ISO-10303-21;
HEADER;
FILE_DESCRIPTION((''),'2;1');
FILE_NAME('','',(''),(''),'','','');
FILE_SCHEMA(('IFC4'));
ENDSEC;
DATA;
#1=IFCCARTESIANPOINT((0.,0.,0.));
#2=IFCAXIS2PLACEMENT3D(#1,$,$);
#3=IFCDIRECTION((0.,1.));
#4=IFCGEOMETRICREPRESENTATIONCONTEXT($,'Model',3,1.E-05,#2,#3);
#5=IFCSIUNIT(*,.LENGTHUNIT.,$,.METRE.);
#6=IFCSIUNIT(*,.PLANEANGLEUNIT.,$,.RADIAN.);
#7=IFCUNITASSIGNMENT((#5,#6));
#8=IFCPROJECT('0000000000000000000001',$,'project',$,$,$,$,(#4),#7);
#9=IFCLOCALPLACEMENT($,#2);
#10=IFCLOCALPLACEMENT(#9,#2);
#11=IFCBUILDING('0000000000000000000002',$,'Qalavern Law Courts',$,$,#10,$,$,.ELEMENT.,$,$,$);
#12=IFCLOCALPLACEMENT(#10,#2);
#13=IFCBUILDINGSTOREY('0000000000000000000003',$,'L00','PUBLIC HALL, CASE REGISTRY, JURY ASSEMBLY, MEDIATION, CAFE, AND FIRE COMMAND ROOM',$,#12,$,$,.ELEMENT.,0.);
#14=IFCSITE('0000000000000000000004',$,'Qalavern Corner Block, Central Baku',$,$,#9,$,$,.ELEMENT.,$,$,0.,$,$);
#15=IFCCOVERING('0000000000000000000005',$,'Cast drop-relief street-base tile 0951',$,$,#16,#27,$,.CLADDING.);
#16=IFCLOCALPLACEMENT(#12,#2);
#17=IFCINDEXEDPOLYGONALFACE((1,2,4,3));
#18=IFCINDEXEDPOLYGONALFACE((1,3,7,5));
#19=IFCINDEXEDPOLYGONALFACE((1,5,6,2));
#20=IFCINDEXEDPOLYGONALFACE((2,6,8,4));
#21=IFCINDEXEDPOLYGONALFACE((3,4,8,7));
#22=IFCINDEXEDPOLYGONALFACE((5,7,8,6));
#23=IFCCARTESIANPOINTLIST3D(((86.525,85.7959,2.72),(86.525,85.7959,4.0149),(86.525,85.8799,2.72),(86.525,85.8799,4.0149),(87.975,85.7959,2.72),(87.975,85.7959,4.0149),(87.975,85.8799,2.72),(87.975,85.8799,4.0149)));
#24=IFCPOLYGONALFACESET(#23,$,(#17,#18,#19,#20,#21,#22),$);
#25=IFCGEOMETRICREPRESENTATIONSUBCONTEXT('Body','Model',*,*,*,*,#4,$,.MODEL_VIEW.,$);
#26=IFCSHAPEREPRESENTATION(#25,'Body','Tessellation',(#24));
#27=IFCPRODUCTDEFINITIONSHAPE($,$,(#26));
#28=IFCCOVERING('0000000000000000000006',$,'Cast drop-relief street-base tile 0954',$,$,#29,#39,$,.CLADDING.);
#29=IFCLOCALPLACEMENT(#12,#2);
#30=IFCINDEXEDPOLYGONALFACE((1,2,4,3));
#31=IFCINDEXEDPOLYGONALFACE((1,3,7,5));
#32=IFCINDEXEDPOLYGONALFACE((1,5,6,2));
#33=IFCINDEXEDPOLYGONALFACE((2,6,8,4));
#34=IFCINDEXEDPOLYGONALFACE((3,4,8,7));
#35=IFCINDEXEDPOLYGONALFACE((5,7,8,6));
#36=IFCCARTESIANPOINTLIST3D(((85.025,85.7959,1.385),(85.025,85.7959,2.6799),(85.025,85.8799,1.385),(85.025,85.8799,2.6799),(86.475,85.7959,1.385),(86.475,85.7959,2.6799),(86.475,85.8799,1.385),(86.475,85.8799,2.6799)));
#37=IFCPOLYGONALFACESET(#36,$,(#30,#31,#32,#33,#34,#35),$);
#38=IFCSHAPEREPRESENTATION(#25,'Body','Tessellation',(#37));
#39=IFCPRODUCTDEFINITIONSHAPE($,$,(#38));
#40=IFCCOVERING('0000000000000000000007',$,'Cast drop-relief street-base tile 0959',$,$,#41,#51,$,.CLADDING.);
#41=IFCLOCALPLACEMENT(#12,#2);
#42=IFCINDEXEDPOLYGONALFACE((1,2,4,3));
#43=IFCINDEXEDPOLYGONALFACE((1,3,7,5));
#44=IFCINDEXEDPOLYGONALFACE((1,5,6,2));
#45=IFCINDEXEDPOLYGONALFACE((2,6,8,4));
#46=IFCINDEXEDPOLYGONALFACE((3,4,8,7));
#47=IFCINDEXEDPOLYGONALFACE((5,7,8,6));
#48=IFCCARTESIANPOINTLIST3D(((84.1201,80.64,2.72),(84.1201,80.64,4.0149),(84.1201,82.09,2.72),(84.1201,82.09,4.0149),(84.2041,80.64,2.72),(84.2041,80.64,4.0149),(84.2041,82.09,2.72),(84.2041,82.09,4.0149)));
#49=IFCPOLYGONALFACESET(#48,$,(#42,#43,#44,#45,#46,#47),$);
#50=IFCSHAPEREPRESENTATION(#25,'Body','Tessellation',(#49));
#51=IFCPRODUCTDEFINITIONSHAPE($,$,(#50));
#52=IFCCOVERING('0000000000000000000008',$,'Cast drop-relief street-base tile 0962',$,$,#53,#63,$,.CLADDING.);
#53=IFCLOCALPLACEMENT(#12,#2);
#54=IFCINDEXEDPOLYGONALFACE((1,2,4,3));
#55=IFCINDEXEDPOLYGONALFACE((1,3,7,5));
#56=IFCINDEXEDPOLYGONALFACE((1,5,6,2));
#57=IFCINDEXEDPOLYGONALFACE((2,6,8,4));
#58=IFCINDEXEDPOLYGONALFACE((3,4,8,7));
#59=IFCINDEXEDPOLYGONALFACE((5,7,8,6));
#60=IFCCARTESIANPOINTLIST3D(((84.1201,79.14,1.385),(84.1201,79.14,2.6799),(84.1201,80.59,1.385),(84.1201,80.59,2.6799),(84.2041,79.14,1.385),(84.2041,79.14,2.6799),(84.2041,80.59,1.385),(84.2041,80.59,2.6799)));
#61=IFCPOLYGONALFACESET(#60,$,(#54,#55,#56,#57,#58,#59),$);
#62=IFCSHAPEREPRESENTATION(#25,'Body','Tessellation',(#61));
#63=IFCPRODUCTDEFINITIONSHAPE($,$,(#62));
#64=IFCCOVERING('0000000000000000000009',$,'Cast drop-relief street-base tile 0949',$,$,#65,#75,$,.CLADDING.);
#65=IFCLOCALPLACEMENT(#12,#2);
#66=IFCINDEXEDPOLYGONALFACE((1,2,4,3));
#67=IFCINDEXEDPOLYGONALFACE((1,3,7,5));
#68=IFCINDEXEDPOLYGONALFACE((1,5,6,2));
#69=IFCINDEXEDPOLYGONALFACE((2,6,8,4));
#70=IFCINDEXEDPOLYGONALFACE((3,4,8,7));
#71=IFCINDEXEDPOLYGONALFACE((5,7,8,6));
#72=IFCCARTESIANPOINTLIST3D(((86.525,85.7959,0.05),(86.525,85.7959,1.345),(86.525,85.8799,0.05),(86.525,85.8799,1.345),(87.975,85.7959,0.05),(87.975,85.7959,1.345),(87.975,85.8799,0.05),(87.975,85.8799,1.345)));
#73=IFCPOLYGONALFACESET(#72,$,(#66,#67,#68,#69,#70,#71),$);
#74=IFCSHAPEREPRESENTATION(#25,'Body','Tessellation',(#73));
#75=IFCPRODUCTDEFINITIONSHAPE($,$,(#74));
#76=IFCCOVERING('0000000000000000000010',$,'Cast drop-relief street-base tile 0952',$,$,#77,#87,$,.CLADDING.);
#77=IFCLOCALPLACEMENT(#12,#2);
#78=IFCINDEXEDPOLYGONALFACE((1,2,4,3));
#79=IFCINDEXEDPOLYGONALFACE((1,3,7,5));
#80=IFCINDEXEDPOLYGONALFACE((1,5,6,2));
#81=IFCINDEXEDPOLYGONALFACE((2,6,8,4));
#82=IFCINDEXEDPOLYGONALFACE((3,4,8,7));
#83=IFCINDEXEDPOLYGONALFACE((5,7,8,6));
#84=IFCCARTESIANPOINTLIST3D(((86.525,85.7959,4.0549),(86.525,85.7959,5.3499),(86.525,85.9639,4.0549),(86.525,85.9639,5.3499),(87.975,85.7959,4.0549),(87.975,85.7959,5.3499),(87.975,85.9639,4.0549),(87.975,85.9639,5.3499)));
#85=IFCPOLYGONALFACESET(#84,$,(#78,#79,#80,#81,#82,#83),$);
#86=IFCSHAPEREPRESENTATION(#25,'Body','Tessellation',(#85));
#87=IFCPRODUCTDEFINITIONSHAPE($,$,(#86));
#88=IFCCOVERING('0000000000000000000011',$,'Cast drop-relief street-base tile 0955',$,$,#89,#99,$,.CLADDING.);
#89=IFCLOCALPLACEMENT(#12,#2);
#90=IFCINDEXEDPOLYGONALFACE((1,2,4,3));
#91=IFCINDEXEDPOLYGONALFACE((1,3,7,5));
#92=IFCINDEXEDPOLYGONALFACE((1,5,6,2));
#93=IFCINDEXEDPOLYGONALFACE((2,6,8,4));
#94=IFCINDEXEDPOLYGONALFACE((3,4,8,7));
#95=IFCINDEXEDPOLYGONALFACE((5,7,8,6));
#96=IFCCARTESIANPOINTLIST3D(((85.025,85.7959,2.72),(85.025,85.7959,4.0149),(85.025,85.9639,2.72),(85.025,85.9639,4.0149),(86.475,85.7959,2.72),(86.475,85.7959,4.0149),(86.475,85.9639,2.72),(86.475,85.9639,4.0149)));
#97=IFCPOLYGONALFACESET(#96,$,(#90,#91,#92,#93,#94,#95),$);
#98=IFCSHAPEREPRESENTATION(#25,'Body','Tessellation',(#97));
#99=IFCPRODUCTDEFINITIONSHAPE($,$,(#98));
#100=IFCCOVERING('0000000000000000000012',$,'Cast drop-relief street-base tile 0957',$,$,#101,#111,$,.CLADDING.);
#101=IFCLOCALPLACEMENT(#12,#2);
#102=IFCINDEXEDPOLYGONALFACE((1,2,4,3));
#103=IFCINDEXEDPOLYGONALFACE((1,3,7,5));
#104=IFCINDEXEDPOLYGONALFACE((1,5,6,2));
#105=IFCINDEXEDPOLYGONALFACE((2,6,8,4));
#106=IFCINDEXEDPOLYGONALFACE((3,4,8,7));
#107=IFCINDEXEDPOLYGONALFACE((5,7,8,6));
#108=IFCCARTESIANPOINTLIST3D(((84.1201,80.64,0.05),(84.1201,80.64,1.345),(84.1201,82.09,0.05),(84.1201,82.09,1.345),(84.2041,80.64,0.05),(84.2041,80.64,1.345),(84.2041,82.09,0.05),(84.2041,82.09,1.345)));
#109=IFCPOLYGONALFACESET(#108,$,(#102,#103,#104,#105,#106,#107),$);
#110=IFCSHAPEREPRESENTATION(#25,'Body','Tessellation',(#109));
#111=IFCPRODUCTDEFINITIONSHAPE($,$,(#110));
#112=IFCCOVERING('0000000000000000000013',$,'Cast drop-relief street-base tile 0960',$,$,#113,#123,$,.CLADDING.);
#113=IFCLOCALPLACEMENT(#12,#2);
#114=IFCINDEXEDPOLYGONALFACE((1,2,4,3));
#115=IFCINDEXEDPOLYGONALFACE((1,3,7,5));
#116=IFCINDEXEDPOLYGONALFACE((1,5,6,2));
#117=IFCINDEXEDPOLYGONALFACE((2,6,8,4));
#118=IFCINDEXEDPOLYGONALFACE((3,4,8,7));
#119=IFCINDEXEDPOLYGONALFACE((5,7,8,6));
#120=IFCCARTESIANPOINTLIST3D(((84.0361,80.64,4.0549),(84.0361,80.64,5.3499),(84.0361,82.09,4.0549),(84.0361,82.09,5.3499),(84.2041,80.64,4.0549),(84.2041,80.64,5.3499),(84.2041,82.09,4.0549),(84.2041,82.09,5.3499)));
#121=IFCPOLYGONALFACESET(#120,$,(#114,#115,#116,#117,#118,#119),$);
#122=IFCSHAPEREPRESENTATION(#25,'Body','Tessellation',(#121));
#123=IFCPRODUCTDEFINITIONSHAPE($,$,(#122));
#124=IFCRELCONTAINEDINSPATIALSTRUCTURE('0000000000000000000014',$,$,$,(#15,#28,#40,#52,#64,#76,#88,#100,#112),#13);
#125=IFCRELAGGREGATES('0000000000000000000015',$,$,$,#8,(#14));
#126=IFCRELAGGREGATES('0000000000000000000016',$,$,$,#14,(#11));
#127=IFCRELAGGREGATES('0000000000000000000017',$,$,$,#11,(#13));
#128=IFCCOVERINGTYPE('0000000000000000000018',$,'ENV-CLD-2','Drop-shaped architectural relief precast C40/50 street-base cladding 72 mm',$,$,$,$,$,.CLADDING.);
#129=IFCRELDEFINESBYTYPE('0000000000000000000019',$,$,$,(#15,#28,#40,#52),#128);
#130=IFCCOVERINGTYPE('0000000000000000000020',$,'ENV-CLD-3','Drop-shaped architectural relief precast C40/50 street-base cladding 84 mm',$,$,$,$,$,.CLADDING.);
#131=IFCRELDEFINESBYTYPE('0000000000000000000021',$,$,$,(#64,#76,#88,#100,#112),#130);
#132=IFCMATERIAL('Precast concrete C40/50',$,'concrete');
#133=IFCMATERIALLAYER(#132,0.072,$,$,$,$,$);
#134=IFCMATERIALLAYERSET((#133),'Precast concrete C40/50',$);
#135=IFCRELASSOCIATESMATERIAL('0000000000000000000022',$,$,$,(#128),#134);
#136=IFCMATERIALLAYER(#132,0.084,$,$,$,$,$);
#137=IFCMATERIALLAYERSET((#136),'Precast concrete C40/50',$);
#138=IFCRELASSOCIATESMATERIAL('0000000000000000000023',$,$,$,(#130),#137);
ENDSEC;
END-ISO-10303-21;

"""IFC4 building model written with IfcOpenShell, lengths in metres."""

from ifc_helpers import new_model, si_unit, direction, frame, origin, origin_2d, place, context, subcontext, project, spatial, rectangle, extrude, material, layer, layer_set, type_object, element, save


model = new_model("IFC4")

# Units and contexts
model_context = context("Model", 3, precision=1e-05, world=origin(), true_north=direction((0.0, 1.0)))
body_context = subcontext(model_context, "Body", "Model", "MODEL_VIEW")
ifc_project = project(units=[si_unit("LENGTHUNIT", "METRE"), si_unit("PLANEANGLEUNIT", "RADIAN")], contexts=[model_context])

# Site, building, storey
site_placement = place(None, origin())
site = spatial("IfcSite", under=ifc_project, at=site_placement, Name="Qalavern Corner Block, Central Baku", CompositionType="ELEMENT", RefElevation=0.0)
building_placement = place(site_placement, origin())
building = spatial("IfcBuilding", under=site, at=building_placement, Name="Qalavern Law Courts", CompositionType="ELEMENT")
storey_placement = place(building_placement, origin())
storey = spatial("IfcBuildingStorey", under=building, at=storey_placement, Name="L00", Description="PUBLIC HALL, CASE REGISTRY, JURY ASSEMBLY, MEDIATION, CAFE, AND FIRE COMMAND ROOM", CompositionType="ELEMENT", Elevation=0.0)

# Coverings
ifc_material_1 = material(Name="Precast concrete C40/50", Category="concrete")
ifc_layer_1 = layer(ifc_material_1, 0.072)
ifc_layer_set_1 = layer_set([ifc_layer_1], Name="Precast concrete C40/50")
covering_type_1 = type_object("IfcCoveringType", Name="ENV-CLD-2", Description="Drop-shaped architectural relief precast C40/50 street-base cladding 72 mm", PredefinedType="CLADDING", material=ifc_layer_set_1)
for number, where, z_axis, x_axis, name in (
    (1, (87.25, 85.8379, 2.72), (0.0, 0.0, 1.0), (-1.0, 0.0, 0.0), "Cast drop-relief street-base tile 0951"),
    (2, (85.75, 85.8379, 1.385), (0.0, 0.0, 1.0), (-1.0, 0.0, 0.0), "Cast drop-relief street-base tile 0954"),
    (3, (84.1621, 81.365, 2.72), (0.0, 0.0, 1.0), (0.0, -1.0, 0.0), "Cast drop-relief street-base tile 0959"),
    (4, (84.1621, 79.865, 1.385), (0.0, 0.0, 1.0), (0.0, -1.0, 0.0), "Cast drop-relief street-base tile 0962"),
):
    element("IfcCovering", number, at=place(storey_placement, frame(where, z_axis=z_axis, x_axis=x_axis)), inside=storey, type_object=covering_type_1, Name=name, PredefinedType="CLADDING", context=body_context, shape_type="SweptSolid", body=[
        extrude(rectangle(XDim=1.45, YDim=0.084, at=origin_2d()), origin(), (0.0, 0.0, 1.0), 1.2949),
    ])
ifc_layer_2 = layer(ifc_material_1, 0.084)
ifc_layer_set_2 = layer_set([ifc_layer_2], Name="Precast concrete C40/50")
covering_type_2 = type_object("IfcCoveringType", Name="ENV-CLD-3", Description="Drop-shaped architectural relief precast C40/50 street-base cladding 84 mm", PredefinedType="CLADDING", material=ifc_layer_set_2)
covering_1_placement = place(storey_placement, frame((87.25, 85.8379, 0.05), z_axis=(0.0, 0.0, 1.0), x_axis=(-1.0, 0.0, 0.0)))
element("IfcCovering", 5, at=covering_1_placement, inside=storey, type_object=covering_type_2, Name="Cast drop-relief street-base tile 0949", PredefinedType="CLADDING", context=body_context, shape_type="SweptSolid", body=[
    extrude(rectangle(XDim=1.45, YDim=0.084, at=origin_2d()), origin(), (0.0, 0.0, 1.0), 1.2949),
])
for number, where, z_axis, x_axis, name in (
    (6, (87.25, 85.8799, 4.0549), (0.0, 0.0, 1.0), (-1.0, 0.0, 0.0), "Cast drop-relief street-base tile 0952"),
    (7, (85.75, 85.8799, 2.72), (0.0, 0.0, 1.0), (-1.0, 0.0, 0.0), "Cast drop-relief street-base tile 0955"),
):
    element("IfcCovering", number, at=place(storey_placement, frame(where, z_axis=z_axis, x_axis=x_axis)), inside=storey, type_object=covering_type_2, Name=name, PredefinedType="CLADDING", context=body_context, shape_type="SweptSolid", body=[
        extrude(rectangle(XDim=1.45, YDim=0.168, at=origin_2d()), origin(), (0.0, 0.0, 1.0), 1.2949),
    ])
covering_2_placement = place(storey_placement, frame((84.1621, 81.365, 0.05), z_axis=(0.0, 0.0, 1.0), x_axis=(0.0, -1.0, 0.0)))
element("IfcCovering", 8, at=covering_2_placement, inside=storey, type_object=covering_type_2, Name="Cast drop-relief street-base tile 0957", PredefinedType="CLADDING", context=body_context, shape_type="SweptSolid", body=[
    extrude(rectangle(XDim=1.45, YDim=0.084, at=origin_2d()), origin(), (0.0, 0.0, 1.0), 1.2949),
])
covering_3_placement = place(storey_placement, frame((84.1201, 81.365, 4.0549), z_axis=(0.0, 0.0, 1.0), x_axis=(0.0, -1.0, 0.0)))
element("IfcCovering", 9, at=covering_3_placement, inside=storey, type_object=covering_type_2, Name="Cast drop-relief street-base tile 0960", PredefinedType="CLADDING", context=body_context, shape_type="SweptSolid", body=[
    extrude(rectangle(XDim=1.45, YDim=0.168, at=origin_2d()), origin(), (0.0, 0.0, 1.0), 1.2949),
])

save(model, "model.ifc")
